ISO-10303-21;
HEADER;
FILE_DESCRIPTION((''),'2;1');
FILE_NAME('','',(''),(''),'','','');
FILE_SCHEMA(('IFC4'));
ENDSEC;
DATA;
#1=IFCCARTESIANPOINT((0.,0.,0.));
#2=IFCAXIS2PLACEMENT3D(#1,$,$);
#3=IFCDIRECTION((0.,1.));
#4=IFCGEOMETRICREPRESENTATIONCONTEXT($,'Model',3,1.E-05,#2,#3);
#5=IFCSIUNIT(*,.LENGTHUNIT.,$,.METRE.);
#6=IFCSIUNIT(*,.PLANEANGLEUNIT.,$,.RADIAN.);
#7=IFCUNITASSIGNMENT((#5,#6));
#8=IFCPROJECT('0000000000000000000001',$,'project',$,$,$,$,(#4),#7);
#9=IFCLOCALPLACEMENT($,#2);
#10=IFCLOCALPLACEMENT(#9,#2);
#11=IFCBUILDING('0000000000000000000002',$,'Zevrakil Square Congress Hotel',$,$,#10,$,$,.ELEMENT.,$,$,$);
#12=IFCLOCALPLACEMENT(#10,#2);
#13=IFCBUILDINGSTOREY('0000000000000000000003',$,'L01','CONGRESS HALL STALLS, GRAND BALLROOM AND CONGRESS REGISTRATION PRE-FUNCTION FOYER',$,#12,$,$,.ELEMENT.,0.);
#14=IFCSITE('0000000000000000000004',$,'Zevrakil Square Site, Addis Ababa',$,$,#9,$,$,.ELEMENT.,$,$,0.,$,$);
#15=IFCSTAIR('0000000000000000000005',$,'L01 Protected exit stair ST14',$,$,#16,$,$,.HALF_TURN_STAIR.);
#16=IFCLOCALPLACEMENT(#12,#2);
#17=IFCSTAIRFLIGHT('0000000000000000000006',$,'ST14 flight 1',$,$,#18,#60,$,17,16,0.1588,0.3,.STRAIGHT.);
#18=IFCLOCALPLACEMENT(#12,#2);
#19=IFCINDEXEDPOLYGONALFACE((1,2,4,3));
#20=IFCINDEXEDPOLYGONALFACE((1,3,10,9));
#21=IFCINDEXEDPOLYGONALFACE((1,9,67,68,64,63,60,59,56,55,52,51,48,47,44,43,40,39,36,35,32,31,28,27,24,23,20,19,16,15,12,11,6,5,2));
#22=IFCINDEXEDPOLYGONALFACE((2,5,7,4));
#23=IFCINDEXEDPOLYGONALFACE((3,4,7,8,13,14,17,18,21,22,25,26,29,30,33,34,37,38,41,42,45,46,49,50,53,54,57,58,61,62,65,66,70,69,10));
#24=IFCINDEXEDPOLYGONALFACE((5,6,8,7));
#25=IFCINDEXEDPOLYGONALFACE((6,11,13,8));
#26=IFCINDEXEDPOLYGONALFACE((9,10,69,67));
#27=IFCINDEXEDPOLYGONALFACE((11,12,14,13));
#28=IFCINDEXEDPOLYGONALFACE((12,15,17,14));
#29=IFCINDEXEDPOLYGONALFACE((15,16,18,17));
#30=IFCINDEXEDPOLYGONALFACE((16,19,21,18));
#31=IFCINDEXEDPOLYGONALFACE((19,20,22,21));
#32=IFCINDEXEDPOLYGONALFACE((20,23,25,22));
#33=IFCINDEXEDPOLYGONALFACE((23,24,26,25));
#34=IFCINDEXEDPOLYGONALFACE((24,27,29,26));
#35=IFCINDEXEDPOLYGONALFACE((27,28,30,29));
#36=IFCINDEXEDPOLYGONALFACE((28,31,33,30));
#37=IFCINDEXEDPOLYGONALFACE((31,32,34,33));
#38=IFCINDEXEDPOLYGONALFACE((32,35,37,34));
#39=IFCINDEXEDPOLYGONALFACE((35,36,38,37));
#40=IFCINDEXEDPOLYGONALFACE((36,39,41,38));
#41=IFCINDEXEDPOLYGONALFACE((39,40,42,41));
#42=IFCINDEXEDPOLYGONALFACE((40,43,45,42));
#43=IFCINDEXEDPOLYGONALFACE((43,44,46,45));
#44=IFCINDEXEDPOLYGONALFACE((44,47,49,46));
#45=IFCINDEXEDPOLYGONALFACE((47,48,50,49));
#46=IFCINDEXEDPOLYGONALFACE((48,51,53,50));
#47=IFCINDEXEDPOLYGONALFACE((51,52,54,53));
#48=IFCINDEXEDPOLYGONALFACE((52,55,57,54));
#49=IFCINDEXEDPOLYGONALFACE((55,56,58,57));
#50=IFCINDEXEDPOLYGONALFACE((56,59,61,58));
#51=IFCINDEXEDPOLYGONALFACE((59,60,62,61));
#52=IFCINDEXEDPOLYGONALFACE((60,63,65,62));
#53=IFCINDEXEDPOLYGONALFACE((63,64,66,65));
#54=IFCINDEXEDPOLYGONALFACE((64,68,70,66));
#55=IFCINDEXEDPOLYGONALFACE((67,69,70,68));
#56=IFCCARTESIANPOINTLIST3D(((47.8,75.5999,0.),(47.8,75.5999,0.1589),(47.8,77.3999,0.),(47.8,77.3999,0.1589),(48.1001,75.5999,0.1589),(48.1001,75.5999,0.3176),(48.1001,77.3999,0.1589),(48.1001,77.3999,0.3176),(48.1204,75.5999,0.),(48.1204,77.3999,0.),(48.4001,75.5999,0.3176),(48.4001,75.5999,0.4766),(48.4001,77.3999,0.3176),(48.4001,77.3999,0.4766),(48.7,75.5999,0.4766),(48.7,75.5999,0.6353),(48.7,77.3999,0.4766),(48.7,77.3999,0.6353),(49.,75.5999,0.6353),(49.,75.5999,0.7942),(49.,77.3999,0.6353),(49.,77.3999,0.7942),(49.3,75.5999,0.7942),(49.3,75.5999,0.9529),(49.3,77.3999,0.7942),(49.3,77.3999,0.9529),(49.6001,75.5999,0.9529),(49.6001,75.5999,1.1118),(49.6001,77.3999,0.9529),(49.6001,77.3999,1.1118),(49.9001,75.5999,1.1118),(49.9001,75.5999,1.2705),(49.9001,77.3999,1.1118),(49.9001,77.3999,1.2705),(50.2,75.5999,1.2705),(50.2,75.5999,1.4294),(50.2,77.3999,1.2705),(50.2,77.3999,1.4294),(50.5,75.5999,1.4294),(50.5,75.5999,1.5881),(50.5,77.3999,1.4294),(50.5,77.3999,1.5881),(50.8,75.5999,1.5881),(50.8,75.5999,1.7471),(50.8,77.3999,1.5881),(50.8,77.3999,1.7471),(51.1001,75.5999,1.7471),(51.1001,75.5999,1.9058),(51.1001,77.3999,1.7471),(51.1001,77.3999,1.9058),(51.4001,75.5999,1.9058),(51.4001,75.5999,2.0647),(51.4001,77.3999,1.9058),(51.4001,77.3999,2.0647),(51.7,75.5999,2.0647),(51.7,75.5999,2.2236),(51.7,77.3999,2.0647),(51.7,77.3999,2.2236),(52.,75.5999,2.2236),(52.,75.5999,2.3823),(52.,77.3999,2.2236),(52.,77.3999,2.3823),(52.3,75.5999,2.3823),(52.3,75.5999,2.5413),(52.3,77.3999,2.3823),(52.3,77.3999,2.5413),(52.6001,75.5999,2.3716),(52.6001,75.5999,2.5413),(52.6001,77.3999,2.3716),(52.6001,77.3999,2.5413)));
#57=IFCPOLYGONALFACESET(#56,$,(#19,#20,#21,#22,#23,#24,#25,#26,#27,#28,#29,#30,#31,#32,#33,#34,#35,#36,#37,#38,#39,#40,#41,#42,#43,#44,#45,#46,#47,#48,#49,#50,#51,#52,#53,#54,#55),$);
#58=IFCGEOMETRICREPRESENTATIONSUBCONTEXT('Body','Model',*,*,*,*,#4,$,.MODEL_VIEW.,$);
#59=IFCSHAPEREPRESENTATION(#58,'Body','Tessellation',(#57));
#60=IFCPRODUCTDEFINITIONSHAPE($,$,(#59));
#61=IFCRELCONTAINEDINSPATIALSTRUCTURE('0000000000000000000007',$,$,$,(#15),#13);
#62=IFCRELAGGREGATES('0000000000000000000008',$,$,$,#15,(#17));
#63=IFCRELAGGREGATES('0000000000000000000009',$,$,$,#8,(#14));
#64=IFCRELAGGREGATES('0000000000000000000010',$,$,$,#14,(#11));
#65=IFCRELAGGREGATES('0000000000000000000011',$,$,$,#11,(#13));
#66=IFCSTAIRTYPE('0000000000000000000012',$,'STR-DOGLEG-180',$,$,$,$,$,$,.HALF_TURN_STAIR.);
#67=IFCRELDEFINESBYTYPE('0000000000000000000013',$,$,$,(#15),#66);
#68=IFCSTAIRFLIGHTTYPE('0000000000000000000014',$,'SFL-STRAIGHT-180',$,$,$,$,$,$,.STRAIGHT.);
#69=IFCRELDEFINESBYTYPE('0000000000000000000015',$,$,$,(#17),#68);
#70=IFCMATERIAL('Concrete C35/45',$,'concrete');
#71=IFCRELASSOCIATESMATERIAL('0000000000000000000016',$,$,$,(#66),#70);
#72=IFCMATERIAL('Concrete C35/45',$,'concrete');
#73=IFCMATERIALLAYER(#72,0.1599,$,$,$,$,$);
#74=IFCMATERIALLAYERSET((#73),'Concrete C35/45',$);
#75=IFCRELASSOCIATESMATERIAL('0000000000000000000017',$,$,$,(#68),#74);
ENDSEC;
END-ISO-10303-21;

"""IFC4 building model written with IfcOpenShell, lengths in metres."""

from ifc_helpers import new_model, si_unit, direction, frame, origin, place, context, subcontext, project, spatial, polyline, outline, extrude, material, layer, layer_set, type_object, element, aggregate, save


model = new_model("IFC4")

# Units and contexts
model_context = context("Model", 3, precision=1e-05, world=origin(), true_north=direction((0.0, 1.0)))
body_context = subcontext(model_context, "Body", "Model", "MODEL_VIEW")
ifc_project = project(units=[si_unit("LENGTHUNIT", "METRE"), si_unit("PLANEANGLEUNIT", "RADIAN")], contexts=[model_context])

# Site, building, storey
site_placement = place(None, origin())
site = spatial("IfcSite", under=ifc_project, at=site_placement, Name="Zevrakil Square Site, Addis Ababa", CompositionType="ELEMENT", RefElevation=0.0)
building_placement = place(site_placement, origin())
building = spatial("IfcBuilding", under=site, at=building_placement, Name="Zevrakil Square Congress Hotel", CompositionType="ELEMENT")
storey_placement = place(building_placement, origin())
storey = spatial("IfcBuildingStorey", under=building, at=storey_placement, Name="L01", Description="CONGRESS HALL STALLS, GRAND BALLROOM AND CONGRESS REGISTRATION PRE-FUNCTION FOYER", CompositionType="ELEMENT", Elevation=0.0)

# Stair, stair flight
ifc_material_1 = material(Name="Concrete C35/45", Category="concrete")
stair_type = type_object("IfcStairType", Name="STR-DOGLEG-180", PredefinedType="HALF_TURN_STAIR", material=ifc_material_1)
stair_placement = place(storey_placement, origin())
stair = element("IfcStair", 1, at=stair_placement, inside=storey, type_object=stair_type, Name="L01 Protected exit stair ST14", PredefinedType="HALF_TURN_STAIR")
ifc_material_2 = material(Name="Concrete C35/45", Category="concrete")
ifc_layer_1 = layer(ifc_material_2, 0.1599)
ifc_layer_set_1 = layer_set([ifc_layer_1], Name="Concrete C35/45")
stair_flight_type = type_object("IfcStairFlightType", Name="SFL-STRAIGHT-180", PredefinedType="STRAIGHT", material=ifc_layer_set_1)
stair_flight_placement = place(storey_placement, frame((47.8, 76.5, 0.0), z_axis=(0.0, 0.0, 1.0), x_axis=(1.0, 0.0, 0.0)))
stair_flight = element("IfcStairFlight", 2, at=stair_flight_placement, type_object=stair_flight_type, Name="ST14 flight 1", NumberOfRisers=17, NumberOfTreads=16, PredefinedType="STRAIGHT", RiserHeight=0.1588, TreadLength=0.3, context=body_context, shape_type="SweptSolid", body=[
    extrude(outline(polyline([(0.0, 0.0), (0.0, 0.1589), (0.3, 0.1589), (0.3, 0.3176), (0.6001, 0.3176), (0.6001, 0.4766), (0.8999, 0.4766), (0.8999, 0.6353), (1.2, 0.6353), (1.2, 0.7942), (1.5, 0.7942), (1.5, 0.9529), (1.8, 0.9529), (1.8, 1.1118), (2.1001, 1.1118), (2.1001, 1.2705), (2.3999, 1.2705), (2.3999, 1.4294), (2.7, 1.4294), (2.7, 1.5881), (3.0, 1.5881), (3.0, 1.7471), (3.3, 1.7471), (3.3, 1.9058), (3.6001, 1.9058), (3.6001, 2.0647), (3.8999, 2.0647), (3.8999, 2.2236), (4.2, 2.2236), (4.2, 2.3823), (4.5, 2.3823), (4.5, 2.5413), (4.8, 2.5413), (4.8, 2.7), (4.8, 2.3716), (0.3203, 0.0), (0.0, 0.0)])), frame((0.0, 0.8999, 0.0), z_axis=(0.0, -1.0, 0.0), x_axis=(1.0, 0.0, 0.0)), (0.0, 0.0, 1.0), 1.8),
])
aggregate(stair, [stair_flight])

save(model, "model.ifc")
